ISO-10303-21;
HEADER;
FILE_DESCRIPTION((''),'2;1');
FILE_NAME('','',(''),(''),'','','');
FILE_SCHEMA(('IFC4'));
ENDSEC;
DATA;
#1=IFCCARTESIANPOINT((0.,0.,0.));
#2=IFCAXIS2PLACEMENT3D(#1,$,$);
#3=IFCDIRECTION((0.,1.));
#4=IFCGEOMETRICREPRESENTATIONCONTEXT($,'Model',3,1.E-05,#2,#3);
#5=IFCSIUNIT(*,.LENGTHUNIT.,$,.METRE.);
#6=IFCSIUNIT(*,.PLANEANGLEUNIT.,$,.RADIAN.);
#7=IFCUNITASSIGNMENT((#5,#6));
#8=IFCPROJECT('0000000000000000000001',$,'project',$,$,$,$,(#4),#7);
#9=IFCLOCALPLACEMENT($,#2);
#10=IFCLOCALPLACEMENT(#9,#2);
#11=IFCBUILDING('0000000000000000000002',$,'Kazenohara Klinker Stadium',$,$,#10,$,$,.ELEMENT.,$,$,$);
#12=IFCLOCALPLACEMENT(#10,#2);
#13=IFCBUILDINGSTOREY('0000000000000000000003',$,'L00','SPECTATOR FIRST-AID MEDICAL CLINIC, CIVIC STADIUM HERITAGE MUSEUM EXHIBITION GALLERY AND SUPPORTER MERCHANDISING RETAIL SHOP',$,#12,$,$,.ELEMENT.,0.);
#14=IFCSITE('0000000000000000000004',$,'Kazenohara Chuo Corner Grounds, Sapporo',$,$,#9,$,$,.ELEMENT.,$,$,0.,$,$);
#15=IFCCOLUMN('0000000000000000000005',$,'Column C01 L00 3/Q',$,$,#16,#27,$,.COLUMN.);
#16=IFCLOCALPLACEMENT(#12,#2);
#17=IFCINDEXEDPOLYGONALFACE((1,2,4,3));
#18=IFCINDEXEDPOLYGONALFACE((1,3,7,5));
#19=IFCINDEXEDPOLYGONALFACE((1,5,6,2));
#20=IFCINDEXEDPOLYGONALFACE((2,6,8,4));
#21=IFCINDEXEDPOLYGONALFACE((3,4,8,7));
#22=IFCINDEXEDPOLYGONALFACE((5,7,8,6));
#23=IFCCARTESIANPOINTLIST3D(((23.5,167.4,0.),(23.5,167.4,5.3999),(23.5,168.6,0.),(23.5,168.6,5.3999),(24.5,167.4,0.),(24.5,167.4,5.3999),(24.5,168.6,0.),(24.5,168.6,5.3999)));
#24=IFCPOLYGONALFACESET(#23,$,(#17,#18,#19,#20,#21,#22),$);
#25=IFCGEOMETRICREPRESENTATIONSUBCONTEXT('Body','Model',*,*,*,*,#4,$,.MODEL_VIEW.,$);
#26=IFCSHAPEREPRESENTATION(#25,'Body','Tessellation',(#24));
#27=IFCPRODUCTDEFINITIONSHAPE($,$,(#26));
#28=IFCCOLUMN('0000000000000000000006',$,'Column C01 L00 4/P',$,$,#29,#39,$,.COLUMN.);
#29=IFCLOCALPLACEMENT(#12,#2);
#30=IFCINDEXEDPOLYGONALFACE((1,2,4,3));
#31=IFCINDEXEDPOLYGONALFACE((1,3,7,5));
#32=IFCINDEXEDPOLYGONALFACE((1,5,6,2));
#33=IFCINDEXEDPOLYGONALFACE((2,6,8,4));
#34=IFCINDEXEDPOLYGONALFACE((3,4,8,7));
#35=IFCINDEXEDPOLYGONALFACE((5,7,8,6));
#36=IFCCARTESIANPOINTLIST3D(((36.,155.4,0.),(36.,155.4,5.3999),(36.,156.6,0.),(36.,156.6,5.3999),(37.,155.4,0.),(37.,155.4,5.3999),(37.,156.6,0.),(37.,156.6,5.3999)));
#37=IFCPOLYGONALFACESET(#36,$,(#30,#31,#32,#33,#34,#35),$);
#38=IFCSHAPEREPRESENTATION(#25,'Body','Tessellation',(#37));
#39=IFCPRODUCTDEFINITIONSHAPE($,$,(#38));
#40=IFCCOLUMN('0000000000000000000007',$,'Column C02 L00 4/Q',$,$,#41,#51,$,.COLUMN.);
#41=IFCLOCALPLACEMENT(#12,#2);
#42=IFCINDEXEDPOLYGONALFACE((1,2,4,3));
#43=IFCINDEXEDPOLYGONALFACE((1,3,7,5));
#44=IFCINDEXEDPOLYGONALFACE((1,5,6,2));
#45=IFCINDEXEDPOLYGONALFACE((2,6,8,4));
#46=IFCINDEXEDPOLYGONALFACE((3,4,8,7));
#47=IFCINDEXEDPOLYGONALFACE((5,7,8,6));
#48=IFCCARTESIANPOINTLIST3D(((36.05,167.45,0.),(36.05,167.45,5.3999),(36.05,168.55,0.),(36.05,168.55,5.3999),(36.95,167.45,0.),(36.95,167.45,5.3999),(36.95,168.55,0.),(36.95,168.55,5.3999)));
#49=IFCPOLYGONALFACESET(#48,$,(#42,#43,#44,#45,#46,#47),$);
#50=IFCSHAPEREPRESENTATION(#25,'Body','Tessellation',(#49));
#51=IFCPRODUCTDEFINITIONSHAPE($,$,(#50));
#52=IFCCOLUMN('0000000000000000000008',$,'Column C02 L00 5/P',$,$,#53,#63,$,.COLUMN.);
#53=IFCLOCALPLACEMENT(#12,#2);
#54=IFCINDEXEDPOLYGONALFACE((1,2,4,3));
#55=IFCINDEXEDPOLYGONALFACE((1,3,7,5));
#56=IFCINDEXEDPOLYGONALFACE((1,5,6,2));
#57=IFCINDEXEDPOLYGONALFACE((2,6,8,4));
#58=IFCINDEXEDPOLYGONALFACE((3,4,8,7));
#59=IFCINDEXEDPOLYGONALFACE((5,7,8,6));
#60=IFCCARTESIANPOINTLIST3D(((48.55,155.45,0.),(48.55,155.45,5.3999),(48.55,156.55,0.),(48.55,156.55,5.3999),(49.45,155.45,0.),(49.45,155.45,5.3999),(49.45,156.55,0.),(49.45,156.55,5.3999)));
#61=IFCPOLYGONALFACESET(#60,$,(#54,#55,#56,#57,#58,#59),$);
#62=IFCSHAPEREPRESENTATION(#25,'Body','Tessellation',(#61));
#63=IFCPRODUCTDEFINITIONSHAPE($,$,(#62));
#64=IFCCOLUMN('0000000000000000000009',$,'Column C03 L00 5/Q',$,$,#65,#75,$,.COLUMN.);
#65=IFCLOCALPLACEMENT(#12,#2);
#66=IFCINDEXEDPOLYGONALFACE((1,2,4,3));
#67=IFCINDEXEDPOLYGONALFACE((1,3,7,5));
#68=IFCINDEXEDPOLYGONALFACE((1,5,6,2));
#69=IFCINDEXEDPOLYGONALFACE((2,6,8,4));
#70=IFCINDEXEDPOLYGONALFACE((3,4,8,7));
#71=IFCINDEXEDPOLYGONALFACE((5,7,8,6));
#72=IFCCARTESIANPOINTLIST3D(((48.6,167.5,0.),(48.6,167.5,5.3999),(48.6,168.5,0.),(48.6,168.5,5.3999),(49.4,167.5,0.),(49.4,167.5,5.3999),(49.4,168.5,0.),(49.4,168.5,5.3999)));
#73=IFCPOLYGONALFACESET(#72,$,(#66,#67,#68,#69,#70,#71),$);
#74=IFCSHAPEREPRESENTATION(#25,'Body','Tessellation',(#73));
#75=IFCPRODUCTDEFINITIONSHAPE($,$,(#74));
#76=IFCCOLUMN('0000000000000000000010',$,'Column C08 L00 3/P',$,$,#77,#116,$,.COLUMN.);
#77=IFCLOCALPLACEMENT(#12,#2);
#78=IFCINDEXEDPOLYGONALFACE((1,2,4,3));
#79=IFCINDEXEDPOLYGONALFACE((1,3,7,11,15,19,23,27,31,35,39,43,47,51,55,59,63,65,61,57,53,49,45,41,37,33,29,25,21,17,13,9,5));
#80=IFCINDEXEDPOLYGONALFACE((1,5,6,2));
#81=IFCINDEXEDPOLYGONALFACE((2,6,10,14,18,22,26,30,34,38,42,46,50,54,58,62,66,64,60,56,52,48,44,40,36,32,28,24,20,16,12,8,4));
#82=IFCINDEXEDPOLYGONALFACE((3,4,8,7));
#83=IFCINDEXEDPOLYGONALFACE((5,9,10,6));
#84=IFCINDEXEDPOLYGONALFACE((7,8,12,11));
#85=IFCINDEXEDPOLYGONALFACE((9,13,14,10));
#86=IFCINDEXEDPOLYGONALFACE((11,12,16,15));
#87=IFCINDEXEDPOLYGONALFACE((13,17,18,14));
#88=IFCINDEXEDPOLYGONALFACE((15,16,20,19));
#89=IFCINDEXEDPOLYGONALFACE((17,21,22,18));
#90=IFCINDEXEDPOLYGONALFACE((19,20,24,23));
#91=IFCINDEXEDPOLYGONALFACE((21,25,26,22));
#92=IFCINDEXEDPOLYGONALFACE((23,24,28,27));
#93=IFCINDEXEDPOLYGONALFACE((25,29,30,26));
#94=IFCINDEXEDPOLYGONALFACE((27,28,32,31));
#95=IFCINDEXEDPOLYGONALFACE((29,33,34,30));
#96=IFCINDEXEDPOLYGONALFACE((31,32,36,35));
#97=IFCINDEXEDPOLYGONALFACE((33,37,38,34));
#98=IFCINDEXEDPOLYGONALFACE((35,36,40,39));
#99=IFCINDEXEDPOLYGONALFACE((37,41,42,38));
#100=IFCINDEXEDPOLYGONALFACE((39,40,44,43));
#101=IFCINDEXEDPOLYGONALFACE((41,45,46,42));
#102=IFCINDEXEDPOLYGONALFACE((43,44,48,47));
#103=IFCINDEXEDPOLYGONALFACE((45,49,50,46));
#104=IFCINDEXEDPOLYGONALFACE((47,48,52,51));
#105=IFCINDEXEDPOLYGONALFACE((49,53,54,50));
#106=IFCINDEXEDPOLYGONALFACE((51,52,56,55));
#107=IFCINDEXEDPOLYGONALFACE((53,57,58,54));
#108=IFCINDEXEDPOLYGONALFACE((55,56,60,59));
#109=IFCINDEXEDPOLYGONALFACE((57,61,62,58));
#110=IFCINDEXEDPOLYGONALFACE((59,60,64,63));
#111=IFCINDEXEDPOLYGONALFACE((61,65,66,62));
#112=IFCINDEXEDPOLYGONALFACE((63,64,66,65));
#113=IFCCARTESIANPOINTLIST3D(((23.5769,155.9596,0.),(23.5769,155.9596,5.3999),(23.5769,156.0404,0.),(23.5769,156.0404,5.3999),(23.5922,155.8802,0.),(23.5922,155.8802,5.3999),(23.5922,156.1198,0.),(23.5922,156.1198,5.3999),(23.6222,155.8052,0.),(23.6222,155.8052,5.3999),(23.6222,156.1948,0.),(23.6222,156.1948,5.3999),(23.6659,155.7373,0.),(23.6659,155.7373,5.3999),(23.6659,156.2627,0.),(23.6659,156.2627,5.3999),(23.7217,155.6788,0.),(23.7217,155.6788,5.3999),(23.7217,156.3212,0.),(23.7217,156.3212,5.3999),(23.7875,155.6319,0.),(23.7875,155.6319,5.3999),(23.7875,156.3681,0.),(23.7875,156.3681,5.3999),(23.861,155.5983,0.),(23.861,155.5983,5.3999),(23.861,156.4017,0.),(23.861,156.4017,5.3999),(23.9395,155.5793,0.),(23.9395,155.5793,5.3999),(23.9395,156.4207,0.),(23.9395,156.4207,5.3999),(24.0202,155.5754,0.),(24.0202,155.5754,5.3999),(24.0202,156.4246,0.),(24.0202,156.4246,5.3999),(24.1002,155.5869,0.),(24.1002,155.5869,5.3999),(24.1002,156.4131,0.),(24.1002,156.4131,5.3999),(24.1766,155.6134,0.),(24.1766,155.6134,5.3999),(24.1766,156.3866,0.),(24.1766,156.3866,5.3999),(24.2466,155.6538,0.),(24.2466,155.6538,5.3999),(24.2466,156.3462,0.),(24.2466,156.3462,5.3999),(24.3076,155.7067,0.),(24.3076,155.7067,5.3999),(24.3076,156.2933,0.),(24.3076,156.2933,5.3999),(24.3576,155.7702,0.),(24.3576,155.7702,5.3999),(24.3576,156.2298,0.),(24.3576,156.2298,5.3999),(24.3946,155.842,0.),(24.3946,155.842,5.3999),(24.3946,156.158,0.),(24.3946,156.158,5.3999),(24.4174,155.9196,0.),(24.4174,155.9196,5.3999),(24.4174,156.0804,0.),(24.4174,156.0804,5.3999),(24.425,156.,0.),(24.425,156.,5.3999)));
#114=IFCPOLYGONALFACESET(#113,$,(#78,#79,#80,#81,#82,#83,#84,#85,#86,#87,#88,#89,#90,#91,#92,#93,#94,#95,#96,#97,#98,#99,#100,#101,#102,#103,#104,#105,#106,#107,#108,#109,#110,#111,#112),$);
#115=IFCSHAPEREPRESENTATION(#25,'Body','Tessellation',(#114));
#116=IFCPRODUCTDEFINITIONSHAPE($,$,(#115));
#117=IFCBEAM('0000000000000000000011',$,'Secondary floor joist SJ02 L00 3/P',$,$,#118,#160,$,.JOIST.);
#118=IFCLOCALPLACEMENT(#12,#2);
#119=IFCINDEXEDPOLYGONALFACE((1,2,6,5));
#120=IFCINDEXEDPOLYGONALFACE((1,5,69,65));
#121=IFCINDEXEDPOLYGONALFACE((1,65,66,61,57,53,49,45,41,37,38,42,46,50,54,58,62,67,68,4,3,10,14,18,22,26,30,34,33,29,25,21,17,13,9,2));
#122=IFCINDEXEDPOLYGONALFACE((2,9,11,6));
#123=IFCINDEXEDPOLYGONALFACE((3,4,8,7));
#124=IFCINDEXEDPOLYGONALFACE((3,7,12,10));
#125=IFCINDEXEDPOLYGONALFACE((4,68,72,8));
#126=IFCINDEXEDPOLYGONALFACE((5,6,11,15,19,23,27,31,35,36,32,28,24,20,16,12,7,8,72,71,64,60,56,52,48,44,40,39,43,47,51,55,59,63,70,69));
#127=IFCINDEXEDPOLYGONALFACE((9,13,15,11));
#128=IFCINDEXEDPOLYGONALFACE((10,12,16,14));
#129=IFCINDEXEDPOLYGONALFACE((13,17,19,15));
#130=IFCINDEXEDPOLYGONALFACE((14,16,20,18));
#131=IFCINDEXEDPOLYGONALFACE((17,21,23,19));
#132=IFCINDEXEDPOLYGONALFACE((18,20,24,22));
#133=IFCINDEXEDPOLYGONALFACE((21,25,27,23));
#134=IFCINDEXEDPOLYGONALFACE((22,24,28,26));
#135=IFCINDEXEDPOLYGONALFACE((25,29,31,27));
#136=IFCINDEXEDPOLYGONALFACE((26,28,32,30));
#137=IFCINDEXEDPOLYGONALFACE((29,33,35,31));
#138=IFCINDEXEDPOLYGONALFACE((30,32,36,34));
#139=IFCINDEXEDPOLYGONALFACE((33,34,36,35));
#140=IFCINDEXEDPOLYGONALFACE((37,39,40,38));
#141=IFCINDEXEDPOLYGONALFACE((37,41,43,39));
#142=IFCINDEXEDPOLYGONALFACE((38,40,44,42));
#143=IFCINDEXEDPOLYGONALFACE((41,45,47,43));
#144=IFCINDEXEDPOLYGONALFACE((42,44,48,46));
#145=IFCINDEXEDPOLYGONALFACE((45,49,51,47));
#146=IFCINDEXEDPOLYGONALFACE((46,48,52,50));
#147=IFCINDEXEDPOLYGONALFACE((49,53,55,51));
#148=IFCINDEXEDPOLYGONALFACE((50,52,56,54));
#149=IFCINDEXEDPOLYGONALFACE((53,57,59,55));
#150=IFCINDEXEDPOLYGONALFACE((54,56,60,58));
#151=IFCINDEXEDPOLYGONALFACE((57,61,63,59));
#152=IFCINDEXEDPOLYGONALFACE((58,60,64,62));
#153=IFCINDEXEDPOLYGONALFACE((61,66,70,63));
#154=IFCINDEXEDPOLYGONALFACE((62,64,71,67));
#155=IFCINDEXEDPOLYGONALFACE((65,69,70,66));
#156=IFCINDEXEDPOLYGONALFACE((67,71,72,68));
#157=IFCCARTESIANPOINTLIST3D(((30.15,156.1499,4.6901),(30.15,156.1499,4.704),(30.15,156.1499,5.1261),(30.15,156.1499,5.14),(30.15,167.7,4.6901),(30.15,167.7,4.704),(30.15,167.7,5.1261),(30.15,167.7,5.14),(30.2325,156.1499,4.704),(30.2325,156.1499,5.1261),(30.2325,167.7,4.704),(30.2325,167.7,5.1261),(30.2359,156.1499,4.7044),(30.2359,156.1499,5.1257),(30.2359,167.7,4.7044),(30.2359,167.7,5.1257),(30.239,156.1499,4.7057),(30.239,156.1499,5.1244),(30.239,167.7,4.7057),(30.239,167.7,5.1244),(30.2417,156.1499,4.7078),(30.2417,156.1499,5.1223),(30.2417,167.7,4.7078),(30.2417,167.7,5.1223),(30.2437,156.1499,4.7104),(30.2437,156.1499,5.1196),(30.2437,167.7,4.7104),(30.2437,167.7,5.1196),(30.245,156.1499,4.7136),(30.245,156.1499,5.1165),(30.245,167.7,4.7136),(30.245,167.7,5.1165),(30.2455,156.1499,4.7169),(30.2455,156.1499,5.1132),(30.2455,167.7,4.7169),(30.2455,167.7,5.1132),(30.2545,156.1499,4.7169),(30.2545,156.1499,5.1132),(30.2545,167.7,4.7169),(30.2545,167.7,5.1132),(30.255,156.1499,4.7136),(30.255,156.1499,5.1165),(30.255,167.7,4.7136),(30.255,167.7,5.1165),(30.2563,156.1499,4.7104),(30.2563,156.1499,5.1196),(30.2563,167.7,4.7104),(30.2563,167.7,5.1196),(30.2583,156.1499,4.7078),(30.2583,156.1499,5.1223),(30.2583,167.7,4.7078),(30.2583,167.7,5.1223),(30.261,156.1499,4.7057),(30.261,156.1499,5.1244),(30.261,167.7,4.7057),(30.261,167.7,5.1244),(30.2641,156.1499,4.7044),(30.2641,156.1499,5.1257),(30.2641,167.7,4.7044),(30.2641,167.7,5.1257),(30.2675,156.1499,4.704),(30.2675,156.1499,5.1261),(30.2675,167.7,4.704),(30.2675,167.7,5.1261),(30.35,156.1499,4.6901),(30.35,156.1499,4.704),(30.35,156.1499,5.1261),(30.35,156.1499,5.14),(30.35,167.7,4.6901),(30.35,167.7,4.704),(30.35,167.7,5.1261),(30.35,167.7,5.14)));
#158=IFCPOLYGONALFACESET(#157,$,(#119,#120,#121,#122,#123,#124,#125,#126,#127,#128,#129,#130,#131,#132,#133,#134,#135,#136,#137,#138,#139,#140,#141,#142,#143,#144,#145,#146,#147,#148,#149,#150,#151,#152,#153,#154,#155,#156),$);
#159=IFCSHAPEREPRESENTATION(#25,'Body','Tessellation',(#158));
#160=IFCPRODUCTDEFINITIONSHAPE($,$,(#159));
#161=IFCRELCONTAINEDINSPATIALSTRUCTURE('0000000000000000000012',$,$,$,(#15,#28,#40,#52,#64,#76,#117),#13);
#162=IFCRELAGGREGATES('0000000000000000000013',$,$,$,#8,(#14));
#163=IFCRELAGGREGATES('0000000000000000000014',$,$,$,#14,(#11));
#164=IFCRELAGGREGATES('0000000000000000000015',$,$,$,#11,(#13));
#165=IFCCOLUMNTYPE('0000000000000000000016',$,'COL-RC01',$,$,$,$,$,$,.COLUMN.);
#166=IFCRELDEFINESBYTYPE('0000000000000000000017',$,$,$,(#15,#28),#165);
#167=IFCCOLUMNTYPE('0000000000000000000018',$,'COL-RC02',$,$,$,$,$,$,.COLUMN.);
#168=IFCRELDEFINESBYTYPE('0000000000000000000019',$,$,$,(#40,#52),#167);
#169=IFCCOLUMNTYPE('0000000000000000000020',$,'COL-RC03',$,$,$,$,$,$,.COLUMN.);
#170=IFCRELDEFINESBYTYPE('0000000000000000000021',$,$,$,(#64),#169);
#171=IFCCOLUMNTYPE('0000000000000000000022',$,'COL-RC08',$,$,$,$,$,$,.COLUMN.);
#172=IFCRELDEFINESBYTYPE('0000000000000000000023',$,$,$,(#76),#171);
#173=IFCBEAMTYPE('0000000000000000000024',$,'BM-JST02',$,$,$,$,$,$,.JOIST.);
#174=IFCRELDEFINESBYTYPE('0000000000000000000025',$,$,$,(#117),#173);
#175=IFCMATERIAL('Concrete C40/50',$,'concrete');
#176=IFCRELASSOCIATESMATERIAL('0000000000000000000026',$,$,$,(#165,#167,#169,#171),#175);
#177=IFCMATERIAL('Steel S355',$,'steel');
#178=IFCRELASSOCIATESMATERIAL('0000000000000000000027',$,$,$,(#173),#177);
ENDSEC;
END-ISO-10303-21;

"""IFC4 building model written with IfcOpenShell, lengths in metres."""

from ifc_helpers import new_model, si_unit, direction, frame, origin, origin_2d, place, context, subcontext, project, spatial, rectangle, circle, i_section, extrude, material, material_profile, profile_set, type_object, element, save


model = new_model("IFC4")

# Units and contexts
model_context = context("Model", 3, precision=1e-05, world=origin(), true_north=direction((0.0, 1.0)))
body_context = subcontext(model_context, "Body", "Model", "MODEL_VIEW")
ifc_project = project(units=[si_unit("LENGTHUNIT", "METRE"), si_unit("PLANEANGLEUNIT", "RADIAN")], contexts=[model_context])

# Site, building, storey
site_placement = place(None, origin())
site = spatial("IfcSite", under=ifc_project, at=site_placement, Name="Kazenohara Chuo Corner Grounds, Sapporo", CompositionType="ELEMENT", RefElevation=0.0)
building_placement = place(site_placement, origin())
building = spatial("IfcBuilding", under=site, at=building_placement, Name="Kazenohara Klinker Stadium", CompositionType="ELEMENT")
storey_placement = place(building_placement, origin())
storey = spatial("IfcBuildingStorey", under=building, at=storey_placement, Name="L00", Description="SPECTATOR FIRST-AID MEDICAL CLINIC, CIVIC STADIUM HERITAGE MUSEUM EXHIBITION GALLERY AND SUPPORTER MERCHANDISING RETAIL SHOP", CompositionType="ELEMENT", Elevation=0.0)

# Columns
ifc_material_1 = material(Name="Concrete C40/50", Category="concrete")
ifc_material_profile_1 = material_profile(ifc_material_1, rectangle(XDim=1.0, YDim=1.2, at=origin_2d()), Name="RC-COL-1200x1000")
ifc_profile_set_1 = profile_set([ifc_material_profile_1], Name="Concrete C40/50")
column_type_1 = type_object("IfcColumnType", Name="COL-RC01", PredefinedType="COLUMN", material=ifc_profile_set_1)
for number, where, z_axis, x_axis, name in (
    (1, (24.0, 168.0, 0.0), (0.0, 0.0, 1.0), (1.0, 0.0, 0.0), "Column C01 L00 3/Q"),
    (2, (36.5, 156.0, 0.0), (0.0, 0.0, 1.0), (1.0, 0.0, 0.0), "Column C01 L00 4/P"),
):
    element("IfcColumn", number, at=place(storey_placement, frame(where, z_axis=z_axis, x_axis=x_axis)), inside=storey, type_object=column_type_1, Name=name, PredefinedType="COLUMN", context=body_context, shape_type="SweptSolid", body=[
        extrude(rectangle(XDim=1.0, YDim=1.2, at=origin_2d()), origin(), (0.0, 0.0, 1.0), 5.3999),
    ])
ifc_material_profile_2 = material_profile(ifc_material_1, rectangle(XDim=0.8999, YDim=1.1001, at=origin_2d()), Name="RC-COL-1100x900")
ifc_profile_set_2 = profile_set([ifc_material_profile_2], Name="Concrete C40/50")
column_type_2 = type_object("IfcColumnType", Name="COL-RC02", PredefinedType="COLUMN", material=ifc_profile_set_2)
for number, where, z_axis, x_axis, name in (
    (3, (36.5, 168.0, 0.0), (0.0, 0.0, 1.0), (1.0, 0.0, 0.0), "Column C02 L00 4/Q"),
    (4, (49.0, 156.0, 0.0), (0.0, 0.0, 1.0), (1.0, 0.0, 0.0), "Column C02 L00 5/P"),
):
    element("IfcColumn", number, at=place(storey_placement, frame(where, z_axis=z_axis, x_axis=x_axis)), inside=storey, type_object=column_type_2, Name=name, PredefinedType="COLUMN", context=body_context, shape_type="SweptSolid", body=[
        extrude(rectangle(XDim=0.8999, YDim=1.1001, at=origin_2d()), origin(), (0.0, 0.0, 1.0), 5.3999),
    ])
ifc_material_profile_3 = material_profile(ifc_material_1, rectangle(XDim=0.8, YDim=1.0, at=origin_2d()), Name="RC-COL-1000x800")
ifc_profile_set_3 = profile_set([ifc_material_profile_3], Name="Concrete C40/50")
column_type_3 = type_object("IfcColumnType", Name="COL-RC03", PredefinedType="COLUMN", material=ifc_profile_set_3)
column_1_placement = place(storey_placement, frame((49.0, 168.0, 0.0), z_axis=(0.0, 0.0, 1.0), x_axis=(1.0, 0.0, 0.0)))
element("IfcColumn", 5, at=column_1_placement, inside=storey, type_object=column_type_3, Name="Column C03 L00 5/Q", PredefinedType="COLUMN", context=body_context, shape_type="SweptSolid", body=[
    extrude(rectangle(XDim=0.8, YDim=1.0, at=origin_2d()), origin(), (0.0, 0.0, 1.0), 5.3999),
])
ifc_material_profile_4 = material_profile(ifc_material_1, circle(Radius=0.425, at=origin_2d()), Name="RC-COL-D850")
ifc_profile_set_4 = profile_set([ifc_material_profile_4], Name="Concrete C40/50")
column_type_4 = type_object("IfcColumnType", Name="COL-RC08", PredefinedType="COLUMN", material=ifc_profile_set_4)
column_2_placement = place(storey_placement, frame((24.0, 156.0, 0.0), z_axis=(0.0, 0.0, 1.0), x_axis=(1.0, 0.0, 0.0)))
element("IfcColumn", 6, at=column_2_placement, inside=storey, type_object=column_type_4, Name="Column C08 L00 3/P", PredefinedType="COLUMN", context=body_context, shape_type="SweptSolid", body=[
    extrude(circle(Radius=0.425, at=origin_2d()), origin(), (0.0, 0.0, 1.0), 5.3999),
])

# Beam
ifc_material_2 = material(Name="Steel S355", Category="steel")
ifc_material_profile_5 = material_profile(ifc_material_2, i_section(OverallWidth=0.2, OverallDepth=0.45, WebThickness=0.009, FlangeThickness=0.0139, FilletRadius=0.0129, at=origin_2d()), Name="H-450x200x9x14")
ifc_profile_set_5 = profile_set([ifc_material_profile_5], Name="Steel S355")
beam_type_1 = type_object("IfcBeamType", Name="BM-JST02", PredefinedType="JOIST", material=ifc_profile_set_5)
beam_1_placement = place(storey_placement, frame((30.25, 156.1499, 4.915), z_axis=(0.0, 1.0, 0.0), x_axis=(-1.0, 0.0, 0.0)))
element("IfcBeam", 7, at=beam_1_placement, inside=storey, type_object=beam_type_1, Name="Secondary floor joist SJ02 L00 3/P", PredefinedType="JOIST", context=body_context, shape_type="SweptSolid", body=[
    extrude(i_section(OverallWidth=0.2, OverallDepth=0.45, WebThickness=0.009, FlangeThickness=0.0139, FilletRadius=0.0129, at=origin_2d()), origin(), (0.0, 0.0, 1.0), 11.55),
])

save(model, "model.ifc")
